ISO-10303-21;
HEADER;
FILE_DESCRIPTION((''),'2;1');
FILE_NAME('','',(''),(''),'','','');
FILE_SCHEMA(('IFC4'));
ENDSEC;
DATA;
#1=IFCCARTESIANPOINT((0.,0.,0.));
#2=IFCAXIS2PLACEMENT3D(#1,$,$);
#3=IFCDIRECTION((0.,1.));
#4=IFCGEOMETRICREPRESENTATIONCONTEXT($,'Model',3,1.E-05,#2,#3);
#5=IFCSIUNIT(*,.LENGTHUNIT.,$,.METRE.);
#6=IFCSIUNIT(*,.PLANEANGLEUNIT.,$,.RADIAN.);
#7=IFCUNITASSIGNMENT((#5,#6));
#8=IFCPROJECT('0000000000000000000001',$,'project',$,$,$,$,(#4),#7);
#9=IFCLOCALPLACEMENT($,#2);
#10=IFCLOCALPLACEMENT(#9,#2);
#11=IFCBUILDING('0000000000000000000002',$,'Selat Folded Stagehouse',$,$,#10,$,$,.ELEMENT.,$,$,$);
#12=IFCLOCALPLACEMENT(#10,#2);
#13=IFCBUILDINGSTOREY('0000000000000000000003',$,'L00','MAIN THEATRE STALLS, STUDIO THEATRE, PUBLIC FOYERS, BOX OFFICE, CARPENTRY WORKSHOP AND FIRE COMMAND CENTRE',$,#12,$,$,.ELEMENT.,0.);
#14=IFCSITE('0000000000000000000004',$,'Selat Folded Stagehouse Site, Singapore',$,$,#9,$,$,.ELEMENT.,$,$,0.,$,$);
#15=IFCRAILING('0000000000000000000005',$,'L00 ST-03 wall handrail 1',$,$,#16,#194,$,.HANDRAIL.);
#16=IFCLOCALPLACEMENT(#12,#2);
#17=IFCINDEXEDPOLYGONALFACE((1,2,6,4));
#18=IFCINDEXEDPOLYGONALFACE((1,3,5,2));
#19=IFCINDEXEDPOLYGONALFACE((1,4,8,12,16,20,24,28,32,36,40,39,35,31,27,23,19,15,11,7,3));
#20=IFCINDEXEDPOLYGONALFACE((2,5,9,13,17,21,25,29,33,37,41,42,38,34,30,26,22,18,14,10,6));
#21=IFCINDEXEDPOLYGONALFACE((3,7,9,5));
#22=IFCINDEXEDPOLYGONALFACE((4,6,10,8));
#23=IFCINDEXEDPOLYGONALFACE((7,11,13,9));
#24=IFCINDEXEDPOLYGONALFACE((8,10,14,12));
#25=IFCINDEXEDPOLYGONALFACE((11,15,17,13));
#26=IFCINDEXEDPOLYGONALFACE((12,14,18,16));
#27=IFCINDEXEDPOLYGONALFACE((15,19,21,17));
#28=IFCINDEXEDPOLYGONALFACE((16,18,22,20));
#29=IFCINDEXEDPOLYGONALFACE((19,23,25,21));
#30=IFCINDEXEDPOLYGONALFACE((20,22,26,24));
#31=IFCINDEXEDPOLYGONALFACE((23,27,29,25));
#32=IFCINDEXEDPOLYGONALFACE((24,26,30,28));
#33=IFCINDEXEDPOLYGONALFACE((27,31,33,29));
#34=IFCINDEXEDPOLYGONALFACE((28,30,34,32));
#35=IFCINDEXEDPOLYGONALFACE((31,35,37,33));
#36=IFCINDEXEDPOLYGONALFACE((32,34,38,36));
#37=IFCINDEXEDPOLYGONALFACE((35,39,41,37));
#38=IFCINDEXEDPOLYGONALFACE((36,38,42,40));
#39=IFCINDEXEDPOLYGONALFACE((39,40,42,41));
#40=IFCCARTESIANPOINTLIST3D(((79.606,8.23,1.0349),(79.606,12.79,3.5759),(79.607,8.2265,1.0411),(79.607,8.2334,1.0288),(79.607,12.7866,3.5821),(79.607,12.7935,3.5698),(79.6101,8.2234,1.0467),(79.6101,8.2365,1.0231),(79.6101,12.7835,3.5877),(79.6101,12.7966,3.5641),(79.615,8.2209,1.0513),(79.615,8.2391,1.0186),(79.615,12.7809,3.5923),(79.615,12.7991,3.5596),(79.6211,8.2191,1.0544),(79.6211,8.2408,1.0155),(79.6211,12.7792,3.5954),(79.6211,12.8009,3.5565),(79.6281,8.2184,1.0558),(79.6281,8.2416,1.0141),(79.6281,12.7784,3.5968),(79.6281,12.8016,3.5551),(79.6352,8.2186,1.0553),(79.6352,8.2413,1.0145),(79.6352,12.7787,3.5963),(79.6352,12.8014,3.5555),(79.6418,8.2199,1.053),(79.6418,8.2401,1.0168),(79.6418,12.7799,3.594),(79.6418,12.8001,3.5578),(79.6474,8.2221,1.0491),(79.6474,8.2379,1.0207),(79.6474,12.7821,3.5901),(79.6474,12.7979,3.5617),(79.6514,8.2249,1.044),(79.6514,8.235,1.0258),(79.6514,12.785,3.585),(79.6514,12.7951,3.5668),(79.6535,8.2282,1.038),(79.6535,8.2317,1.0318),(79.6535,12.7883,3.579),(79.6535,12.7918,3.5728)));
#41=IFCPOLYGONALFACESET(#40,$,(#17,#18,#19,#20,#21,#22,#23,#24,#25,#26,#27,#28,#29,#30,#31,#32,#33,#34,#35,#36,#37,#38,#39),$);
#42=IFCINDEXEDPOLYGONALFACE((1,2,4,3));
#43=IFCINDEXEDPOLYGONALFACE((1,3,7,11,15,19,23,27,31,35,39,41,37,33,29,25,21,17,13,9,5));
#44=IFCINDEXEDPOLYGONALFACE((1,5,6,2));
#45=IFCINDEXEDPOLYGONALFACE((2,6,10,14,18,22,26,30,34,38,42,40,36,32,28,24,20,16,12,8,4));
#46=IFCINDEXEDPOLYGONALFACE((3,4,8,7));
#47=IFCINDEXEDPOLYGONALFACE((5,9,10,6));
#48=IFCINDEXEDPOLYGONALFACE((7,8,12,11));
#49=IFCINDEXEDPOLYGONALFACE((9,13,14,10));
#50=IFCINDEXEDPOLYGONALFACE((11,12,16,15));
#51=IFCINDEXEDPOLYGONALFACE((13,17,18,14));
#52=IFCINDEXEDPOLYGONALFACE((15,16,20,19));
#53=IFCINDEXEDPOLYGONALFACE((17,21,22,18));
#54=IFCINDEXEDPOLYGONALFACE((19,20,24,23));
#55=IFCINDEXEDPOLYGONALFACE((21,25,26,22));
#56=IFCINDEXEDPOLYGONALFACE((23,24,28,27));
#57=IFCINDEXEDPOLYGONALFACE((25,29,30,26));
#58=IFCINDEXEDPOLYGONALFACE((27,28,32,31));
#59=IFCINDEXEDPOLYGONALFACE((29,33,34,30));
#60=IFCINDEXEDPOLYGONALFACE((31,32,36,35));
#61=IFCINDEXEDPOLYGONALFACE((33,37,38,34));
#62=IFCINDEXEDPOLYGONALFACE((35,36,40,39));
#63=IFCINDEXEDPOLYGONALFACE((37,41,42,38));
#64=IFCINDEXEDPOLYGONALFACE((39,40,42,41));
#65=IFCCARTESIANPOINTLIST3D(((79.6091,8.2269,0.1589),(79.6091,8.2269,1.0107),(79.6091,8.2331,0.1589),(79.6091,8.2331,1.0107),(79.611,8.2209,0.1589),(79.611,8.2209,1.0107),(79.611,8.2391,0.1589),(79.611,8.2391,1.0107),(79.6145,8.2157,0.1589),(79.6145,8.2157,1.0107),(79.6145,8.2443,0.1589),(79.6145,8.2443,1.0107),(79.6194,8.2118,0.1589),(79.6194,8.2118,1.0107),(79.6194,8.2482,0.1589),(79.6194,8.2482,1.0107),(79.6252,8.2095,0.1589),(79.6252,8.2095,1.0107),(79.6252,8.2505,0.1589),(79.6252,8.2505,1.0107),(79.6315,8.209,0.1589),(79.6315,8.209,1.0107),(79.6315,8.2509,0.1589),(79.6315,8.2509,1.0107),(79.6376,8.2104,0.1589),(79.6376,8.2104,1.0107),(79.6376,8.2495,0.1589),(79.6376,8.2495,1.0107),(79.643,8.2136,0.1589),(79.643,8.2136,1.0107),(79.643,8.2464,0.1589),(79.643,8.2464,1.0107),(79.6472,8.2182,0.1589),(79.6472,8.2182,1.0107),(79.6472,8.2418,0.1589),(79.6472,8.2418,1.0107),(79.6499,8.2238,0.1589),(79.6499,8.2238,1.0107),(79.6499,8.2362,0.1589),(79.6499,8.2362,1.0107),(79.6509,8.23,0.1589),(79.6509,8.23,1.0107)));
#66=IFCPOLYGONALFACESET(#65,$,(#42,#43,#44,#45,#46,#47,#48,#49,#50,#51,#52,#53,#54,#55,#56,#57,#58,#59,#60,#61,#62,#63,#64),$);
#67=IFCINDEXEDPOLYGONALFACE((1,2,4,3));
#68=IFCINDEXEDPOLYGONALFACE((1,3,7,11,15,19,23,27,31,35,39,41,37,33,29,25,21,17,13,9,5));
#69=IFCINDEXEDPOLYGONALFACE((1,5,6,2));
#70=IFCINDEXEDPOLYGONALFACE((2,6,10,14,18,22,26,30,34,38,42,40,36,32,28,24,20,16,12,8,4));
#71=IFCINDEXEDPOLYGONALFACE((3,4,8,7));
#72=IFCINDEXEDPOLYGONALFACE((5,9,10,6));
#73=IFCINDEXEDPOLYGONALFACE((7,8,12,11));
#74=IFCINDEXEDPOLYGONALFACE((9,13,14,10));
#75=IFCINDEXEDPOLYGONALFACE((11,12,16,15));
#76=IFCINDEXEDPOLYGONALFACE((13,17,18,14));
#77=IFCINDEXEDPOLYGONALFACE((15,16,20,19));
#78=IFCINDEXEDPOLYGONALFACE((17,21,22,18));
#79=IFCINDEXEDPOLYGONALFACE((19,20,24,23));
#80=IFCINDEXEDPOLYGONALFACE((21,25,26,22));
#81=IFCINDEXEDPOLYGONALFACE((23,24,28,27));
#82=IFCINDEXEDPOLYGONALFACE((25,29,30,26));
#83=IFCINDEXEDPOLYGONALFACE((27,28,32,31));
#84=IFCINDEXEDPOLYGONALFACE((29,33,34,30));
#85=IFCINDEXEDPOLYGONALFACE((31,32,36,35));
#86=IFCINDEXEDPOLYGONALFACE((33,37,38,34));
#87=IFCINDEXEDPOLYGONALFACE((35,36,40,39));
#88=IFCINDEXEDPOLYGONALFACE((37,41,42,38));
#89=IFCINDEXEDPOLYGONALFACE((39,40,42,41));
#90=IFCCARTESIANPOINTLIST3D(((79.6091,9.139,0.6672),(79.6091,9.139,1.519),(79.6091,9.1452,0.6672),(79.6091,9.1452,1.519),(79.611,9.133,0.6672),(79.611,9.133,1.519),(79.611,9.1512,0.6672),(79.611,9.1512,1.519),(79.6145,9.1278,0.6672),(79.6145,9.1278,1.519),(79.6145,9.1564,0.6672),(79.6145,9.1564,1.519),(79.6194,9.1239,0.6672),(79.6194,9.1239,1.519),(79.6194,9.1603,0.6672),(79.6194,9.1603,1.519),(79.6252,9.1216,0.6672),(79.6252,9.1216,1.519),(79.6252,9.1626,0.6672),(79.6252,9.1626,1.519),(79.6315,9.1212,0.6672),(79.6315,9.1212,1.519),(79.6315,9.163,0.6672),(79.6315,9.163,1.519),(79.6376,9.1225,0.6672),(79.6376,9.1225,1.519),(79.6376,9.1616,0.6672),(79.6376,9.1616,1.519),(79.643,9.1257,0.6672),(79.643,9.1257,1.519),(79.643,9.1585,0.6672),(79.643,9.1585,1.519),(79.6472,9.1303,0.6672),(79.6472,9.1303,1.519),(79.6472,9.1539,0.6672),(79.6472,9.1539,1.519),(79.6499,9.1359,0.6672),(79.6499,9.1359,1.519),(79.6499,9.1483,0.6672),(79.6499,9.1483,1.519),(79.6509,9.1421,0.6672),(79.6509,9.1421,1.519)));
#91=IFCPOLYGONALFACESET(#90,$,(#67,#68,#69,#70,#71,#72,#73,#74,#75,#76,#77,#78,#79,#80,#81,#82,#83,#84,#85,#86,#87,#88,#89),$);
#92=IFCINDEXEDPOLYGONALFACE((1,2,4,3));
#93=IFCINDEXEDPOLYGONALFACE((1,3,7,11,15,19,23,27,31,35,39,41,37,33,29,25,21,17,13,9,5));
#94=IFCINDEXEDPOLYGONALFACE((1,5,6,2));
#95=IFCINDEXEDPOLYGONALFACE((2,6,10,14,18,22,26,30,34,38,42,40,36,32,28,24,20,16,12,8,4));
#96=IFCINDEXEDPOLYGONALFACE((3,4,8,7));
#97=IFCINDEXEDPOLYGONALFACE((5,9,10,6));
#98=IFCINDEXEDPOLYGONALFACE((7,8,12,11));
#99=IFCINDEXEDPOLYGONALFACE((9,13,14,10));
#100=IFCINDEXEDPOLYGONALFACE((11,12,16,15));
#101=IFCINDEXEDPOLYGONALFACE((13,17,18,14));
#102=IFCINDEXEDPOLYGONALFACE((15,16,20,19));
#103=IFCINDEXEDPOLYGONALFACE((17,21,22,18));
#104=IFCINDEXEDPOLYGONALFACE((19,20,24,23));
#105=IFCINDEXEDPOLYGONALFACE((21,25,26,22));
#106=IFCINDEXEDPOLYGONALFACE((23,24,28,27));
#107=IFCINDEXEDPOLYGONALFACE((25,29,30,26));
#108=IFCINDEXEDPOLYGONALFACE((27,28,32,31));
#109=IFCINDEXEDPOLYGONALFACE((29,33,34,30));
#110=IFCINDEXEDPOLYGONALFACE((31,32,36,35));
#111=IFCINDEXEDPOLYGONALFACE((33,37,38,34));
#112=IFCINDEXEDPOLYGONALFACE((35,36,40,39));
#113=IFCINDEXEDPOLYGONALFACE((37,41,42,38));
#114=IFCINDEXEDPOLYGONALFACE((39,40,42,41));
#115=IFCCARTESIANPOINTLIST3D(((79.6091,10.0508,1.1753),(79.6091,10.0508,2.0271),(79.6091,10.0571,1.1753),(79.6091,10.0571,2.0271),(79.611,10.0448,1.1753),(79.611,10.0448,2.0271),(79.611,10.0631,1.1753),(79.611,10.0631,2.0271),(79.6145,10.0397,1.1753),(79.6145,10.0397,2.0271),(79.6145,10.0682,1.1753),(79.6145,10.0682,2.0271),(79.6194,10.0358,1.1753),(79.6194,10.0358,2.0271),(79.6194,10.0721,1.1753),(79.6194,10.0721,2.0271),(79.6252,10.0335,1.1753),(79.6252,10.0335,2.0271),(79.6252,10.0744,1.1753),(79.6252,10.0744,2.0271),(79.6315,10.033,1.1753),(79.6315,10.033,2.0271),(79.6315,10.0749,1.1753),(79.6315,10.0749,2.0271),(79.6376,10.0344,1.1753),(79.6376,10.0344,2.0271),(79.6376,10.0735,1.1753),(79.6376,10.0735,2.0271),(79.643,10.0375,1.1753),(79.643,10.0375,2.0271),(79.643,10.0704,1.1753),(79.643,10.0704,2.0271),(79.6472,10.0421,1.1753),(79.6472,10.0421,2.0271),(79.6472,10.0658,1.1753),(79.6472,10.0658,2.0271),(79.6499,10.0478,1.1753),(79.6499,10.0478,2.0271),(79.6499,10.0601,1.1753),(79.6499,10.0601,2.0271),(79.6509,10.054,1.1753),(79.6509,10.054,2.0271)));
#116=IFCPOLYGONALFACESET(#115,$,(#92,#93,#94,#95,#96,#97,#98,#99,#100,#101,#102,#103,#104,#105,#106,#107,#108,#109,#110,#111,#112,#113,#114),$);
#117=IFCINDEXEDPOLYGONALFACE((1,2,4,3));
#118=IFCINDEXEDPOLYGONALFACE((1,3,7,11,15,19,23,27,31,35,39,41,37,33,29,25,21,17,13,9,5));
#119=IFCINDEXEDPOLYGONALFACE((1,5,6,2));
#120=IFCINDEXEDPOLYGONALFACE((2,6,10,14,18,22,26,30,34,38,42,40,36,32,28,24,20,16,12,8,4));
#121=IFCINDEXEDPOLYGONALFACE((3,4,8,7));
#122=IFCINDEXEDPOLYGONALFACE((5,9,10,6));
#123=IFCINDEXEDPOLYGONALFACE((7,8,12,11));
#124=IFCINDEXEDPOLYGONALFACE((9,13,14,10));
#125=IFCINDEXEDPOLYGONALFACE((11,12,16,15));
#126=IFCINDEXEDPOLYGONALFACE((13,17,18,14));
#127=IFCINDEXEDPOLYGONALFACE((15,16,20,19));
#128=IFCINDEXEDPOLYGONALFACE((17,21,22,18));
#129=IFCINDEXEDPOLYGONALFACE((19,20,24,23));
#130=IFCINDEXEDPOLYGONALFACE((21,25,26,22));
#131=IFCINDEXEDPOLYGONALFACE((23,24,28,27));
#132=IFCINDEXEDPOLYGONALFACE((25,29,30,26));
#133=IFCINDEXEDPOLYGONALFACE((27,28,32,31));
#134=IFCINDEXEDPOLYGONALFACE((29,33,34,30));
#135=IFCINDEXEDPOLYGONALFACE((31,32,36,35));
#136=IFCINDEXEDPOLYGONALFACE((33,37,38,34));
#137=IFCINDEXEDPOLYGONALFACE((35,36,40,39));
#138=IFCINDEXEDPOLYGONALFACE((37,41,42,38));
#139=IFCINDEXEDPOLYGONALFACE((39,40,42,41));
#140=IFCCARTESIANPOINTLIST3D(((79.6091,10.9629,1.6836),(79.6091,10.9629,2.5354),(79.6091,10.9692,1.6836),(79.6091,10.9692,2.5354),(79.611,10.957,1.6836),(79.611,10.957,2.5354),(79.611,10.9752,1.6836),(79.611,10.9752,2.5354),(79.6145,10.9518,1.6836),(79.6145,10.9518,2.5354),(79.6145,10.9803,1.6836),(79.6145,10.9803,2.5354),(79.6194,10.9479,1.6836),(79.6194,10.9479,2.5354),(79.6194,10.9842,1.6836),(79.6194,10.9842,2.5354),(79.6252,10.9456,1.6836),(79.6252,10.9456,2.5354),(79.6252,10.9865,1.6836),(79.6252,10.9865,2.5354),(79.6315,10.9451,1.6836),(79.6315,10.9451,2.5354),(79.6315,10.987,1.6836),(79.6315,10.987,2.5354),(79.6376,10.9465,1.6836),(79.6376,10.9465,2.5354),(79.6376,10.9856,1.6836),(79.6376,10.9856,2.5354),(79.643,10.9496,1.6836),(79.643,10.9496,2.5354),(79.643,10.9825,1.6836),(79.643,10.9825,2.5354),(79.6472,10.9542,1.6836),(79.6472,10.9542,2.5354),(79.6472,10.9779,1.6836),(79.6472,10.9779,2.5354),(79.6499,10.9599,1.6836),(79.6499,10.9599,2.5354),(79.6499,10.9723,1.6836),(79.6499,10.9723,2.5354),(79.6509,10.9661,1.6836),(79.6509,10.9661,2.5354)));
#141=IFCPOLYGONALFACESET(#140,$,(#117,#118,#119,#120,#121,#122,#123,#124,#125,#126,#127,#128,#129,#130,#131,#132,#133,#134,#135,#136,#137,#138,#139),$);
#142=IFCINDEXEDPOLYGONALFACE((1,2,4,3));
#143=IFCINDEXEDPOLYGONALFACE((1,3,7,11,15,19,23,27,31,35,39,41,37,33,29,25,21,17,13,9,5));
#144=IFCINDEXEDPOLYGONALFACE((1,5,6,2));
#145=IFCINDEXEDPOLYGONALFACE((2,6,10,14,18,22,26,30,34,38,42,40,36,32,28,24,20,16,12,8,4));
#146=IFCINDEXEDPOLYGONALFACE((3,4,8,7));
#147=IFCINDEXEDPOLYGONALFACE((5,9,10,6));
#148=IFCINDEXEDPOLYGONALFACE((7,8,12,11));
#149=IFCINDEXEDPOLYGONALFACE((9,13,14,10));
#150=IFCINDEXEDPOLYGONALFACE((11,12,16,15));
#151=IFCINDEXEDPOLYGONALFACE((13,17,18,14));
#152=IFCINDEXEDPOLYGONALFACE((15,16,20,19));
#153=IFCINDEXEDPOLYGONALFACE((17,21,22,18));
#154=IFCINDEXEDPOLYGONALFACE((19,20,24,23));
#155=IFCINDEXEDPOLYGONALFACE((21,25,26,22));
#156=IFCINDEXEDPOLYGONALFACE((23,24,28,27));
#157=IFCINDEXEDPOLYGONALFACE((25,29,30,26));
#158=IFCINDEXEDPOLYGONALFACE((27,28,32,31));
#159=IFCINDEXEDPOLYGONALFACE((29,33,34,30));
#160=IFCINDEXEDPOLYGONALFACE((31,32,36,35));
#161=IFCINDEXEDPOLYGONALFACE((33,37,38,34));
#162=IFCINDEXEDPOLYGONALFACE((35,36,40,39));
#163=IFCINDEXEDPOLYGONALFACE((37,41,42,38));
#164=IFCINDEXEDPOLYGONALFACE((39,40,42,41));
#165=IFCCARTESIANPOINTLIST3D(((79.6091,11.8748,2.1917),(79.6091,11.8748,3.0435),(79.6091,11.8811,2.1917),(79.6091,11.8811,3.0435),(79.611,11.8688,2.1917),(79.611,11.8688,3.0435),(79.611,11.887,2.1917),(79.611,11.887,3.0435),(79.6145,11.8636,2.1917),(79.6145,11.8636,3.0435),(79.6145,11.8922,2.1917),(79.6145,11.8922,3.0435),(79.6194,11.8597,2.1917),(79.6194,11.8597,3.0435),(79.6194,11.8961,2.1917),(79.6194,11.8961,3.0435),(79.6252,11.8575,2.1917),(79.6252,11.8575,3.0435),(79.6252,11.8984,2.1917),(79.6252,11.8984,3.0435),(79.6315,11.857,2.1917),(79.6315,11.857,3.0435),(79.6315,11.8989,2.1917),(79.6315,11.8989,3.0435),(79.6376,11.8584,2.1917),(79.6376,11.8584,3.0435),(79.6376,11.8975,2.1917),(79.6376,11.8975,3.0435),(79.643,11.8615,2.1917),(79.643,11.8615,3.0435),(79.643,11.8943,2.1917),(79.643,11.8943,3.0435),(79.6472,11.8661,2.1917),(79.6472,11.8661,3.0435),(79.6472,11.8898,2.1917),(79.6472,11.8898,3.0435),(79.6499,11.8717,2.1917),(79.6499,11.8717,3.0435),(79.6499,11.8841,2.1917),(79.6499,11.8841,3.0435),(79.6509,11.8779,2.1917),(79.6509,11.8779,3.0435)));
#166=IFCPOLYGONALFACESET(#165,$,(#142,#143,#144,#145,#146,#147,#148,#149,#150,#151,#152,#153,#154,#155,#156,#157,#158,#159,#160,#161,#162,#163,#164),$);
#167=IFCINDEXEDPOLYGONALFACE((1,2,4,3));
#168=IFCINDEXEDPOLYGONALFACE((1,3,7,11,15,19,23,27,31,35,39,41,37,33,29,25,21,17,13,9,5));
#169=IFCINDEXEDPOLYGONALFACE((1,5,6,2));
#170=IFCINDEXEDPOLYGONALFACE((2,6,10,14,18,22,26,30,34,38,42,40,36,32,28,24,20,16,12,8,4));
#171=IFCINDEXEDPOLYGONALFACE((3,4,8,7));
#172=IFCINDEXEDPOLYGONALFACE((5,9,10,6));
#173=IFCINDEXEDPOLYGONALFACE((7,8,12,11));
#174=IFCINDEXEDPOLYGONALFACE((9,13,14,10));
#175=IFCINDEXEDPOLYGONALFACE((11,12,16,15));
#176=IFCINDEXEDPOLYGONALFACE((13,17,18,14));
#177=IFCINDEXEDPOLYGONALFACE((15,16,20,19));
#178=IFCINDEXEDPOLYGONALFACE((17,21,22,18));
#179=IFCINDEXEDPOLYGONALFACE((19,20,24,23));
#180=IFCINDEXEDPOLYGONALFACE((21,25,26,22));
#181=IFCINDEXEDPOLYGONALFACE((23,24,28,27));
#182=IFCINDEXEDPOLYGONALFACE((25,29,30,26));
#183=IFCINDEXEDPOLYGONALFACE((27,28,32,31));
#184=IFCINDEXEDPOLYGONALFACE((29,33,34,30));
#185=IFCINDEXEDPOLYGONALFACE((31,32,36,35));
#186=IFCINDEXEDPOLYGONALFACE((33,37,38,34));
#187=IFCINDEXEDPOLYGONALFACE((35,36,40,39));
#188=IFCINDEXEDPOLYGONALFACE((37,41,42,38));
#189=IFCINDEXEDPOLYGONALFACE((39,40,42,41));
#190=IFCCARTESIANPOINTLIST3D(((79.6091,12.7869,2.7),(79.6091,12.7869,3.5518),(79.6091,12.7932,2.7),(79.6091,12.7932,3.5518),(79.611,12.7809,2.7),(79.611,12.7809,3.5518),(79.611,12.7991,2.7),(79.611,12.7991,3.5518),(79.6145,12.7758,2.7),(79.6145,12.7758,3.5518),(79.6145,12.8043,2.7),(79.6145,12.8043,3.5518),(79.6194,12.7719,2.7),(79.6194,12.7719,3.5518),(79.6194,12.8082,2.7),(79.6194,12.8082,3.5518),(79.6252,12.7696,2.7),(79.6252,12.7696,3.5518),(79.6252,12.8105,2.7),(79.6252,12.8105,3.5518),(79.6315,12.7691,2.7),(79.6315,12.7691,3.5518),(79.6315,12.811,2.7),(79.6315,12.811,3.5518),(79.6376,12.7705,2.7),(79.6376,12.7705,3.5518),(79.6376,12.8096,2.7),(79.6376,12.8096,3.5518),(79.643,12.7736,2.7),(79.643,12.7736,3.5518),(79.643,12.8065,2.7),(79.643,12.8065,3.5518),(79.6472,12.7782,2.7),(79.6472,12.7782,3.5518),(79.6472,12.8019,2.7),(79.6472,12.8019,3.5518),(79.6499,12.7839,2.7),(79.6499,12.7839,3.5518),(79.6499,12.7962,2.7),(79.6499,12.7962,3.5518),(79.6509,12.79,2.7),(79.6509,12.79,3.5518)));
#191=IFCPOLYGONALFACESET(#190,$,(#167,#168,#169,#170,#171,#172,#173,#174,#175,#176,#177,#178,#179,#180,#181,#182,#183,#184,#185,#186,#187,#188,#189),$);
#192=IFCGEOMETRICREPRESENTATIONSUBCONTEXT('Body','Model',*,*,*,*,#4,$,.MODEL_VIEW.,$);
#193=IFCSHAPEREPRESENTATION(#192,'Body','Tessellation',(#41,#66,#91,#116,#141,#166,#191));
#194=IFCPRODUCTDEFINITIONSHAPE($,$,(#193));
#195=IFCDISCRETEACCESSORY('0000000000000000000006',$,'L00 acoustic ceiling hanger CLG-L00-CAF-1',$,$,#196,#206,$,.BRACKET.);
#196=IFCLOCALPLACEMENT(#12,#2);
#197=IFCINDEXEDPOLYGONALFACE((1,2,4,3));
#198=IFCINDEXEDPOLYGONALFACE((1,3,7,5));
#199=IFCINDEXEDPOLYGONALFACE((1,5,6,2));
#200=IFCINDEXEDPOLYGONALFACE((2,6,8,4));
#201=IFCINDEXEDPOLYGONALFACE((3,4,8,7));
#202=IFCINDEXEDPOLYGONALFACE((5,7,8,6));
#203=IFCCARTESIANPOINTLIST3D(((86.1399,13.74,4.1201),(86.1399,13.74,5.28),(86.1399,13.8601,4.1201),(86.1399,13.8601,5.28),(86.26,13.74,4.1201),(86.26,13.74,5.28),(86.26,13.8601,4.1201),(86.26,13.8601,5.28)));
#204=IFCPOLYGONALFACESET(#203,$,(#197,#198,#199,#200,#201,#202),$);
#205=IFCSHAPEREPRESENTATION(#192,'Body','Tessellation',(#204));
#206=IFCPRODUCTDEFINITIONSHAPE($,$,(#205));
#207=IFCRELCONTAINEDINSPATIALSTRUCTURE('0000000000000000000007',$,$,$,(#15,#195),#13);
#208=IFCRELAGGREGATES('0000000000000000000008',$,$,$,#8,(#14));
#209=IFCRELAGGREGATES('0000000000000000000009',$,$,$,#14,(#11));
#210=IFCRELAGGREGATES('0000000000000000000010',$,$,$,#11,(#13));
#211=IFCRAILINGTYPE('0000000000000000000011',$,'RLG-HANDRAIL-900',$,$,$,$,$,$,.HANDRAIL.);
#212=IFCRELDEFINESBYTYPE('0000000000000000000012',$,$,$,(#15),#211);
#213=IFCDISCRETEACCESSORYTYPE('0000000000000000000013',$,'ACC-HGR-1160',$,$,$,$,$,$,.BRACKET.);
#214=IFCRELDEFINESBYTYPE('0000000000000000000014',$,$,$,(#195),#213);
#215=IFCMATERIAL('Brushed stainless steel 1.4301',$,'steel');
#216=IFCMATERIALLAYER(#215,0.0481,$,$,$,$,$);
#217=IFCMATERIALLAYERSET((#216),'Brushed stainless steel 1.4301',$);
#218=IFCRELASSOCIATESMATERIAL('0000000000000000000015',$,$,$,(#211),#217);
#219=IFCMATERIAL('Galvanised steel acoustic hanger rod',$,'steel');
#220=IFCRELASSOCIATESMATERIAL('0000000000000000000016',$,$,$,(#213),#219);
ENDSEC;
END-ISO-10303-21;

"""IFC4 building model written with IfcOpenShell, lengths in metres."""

from ifc_helpers import new_model, si_unit, direction, frame, origin, origin_2d, place, context, subcontext, project, spatial, rectangle, circle, extrude, material, layer, layer_set, type_object, element, save


model = new_model("IFC4")

# Units and contexts
model_context = context("Model", 3, precision=1e-05, world=origin(), true_north=direction((0.0, 1.0)))
body_context = subcontext(model_context, "Body", "Model", "MODEL_VIEW")
ifc_project = project(units=[si_unit("LENGTHUNIT", "METRE"), si_unit("PLANEANGLEUNIT", "RADIAN")], contexts=[model_context])

# Site, building, storey
site_placement = place(None, origin())
site = spatial("IfcSite", under=ifc_project, at=site_placement, Name="Selat Folded Stagehouse Site, Singapore", CompositionType="ELEMENT", RefElevation=0.0)
building_placement = place(site_placement, origin())
building = spatial("IfcBuilding", under=site, at=building_placement, Name="Selat Folded Stagehouse", CompositionType="ELEMENT")
storey_placement = place(building_placement, origin())
storey = spatial("IfcBuildingStorey", under=building, at=storey_placement, Name="L00", Description="MAIN THEATRE STALLS, STUDIO THEATRE, PUBLIC FOYERS, BOX OFFICE, CARPENTRY WORKSHOP AND FIRE COMMAND CENTRE", CompositionType="ELEMENT", Elevation=0.0)

# Railing
ifc_material_1 = material(Name="Brushed stainless steel 1.4301", Category="steel")
ifc_layer_1 = layer(ifc_material_1, 0.0481)
ifc_layer_set_1 = layer_set([ifc_layer_1], Name="Brushed stainless steel 1.4301")
railing_type_1 = type_object("IfcRailingType", Name="RLG-HANDRAIL-900", PredefinedType="HANDRAIL", material=ifc_layer_set_1)
railing_1_placement = place(storey_placement, frame((79.6299, 8.23, 0.1589)))
element("IfcRailing", 1, at=railing_1_placement, inside=storey, type_object=railing_type_1, Name="L00 ST-03 wall handrail 1", PredefinedType="HANDRAIL", context=body_context, shape_type="SweptSolid", body=[
    extrude(circle(Radius=0.0239, at=origin_2d()), frame((0.0, 0.0, 0.876), z_axis=(0.0, 0.873534, 0.486762), x_axis=(-1.0, 0.0, 0.0)), (0.0, 0.0, 1.0), 5.2202),
    extrude(circle(Radius=0.021, at=origin_2d()), origin(), (0.0, 0.0, 1.0), 0.8518),
    extrude(circle(Radius=0.021, at=origin_2d()), frame((0.0, 0.9121, 0.5083)), (0.0, 0.0, 1.0), 0.8518),
    extrude(circle(Radius=0.021, at=origin_2d()), frame((0.0, 1.824, 1.0164)), (0.0, 0.0, 1.0), 0.8518),
    extrude(circle(Radius=0.021, at=origin_2d()), frame((0.0, 2.7361, 1.5247)), (0.0, 0.0, 1.0), 0.8518),
    extrude(circle(Radius=0.021, at=origin_2d()), frame((0.0, 3.6479, 2.0327)), (0.0, 0.0, 1.0), 0.8518),
    extrude(circle(Radius=0.021, at=origin_2d()), frame((0.0, 4.5601, 2.541)), (0.0, 0.0, 1.0), 0.8518),
])

# Discrete accessory
ifc_material_2 = material(Name="Galvanised steel acoustic hanger rod", Category="steel")
discrete_accessory_type = type_object("IfcDiscreteAccessoryType", Name="ACC-HGR-1160", PredefinedType="BRACKET", material=ifc_material_2)
discrete_accessory_placement = place(storey_placement, frame((86.2, 13.8, 4.1201), z_axis=(0.0, 0.0, 1.0), x_axis=(1.0, 0.0, 0.0)))
element("IfcDiscreteAccessory", 2, at=discrete_accessory_placement, inside=storey, type_object=discrete_accessory_type, Name="L00 acoustic ceiling hanger CLG-L00-CAF-1", PredefinedType="BRACKET", context=body_context, shape_type="SweptSolid", body=[
    extrude(rectangle(XDim=0.1201, YDim=0.1201, at=origin_2d()), origin(), (0.0, 0.0, 1.0), 1.1599),
])

save(model, "model.ifc")
